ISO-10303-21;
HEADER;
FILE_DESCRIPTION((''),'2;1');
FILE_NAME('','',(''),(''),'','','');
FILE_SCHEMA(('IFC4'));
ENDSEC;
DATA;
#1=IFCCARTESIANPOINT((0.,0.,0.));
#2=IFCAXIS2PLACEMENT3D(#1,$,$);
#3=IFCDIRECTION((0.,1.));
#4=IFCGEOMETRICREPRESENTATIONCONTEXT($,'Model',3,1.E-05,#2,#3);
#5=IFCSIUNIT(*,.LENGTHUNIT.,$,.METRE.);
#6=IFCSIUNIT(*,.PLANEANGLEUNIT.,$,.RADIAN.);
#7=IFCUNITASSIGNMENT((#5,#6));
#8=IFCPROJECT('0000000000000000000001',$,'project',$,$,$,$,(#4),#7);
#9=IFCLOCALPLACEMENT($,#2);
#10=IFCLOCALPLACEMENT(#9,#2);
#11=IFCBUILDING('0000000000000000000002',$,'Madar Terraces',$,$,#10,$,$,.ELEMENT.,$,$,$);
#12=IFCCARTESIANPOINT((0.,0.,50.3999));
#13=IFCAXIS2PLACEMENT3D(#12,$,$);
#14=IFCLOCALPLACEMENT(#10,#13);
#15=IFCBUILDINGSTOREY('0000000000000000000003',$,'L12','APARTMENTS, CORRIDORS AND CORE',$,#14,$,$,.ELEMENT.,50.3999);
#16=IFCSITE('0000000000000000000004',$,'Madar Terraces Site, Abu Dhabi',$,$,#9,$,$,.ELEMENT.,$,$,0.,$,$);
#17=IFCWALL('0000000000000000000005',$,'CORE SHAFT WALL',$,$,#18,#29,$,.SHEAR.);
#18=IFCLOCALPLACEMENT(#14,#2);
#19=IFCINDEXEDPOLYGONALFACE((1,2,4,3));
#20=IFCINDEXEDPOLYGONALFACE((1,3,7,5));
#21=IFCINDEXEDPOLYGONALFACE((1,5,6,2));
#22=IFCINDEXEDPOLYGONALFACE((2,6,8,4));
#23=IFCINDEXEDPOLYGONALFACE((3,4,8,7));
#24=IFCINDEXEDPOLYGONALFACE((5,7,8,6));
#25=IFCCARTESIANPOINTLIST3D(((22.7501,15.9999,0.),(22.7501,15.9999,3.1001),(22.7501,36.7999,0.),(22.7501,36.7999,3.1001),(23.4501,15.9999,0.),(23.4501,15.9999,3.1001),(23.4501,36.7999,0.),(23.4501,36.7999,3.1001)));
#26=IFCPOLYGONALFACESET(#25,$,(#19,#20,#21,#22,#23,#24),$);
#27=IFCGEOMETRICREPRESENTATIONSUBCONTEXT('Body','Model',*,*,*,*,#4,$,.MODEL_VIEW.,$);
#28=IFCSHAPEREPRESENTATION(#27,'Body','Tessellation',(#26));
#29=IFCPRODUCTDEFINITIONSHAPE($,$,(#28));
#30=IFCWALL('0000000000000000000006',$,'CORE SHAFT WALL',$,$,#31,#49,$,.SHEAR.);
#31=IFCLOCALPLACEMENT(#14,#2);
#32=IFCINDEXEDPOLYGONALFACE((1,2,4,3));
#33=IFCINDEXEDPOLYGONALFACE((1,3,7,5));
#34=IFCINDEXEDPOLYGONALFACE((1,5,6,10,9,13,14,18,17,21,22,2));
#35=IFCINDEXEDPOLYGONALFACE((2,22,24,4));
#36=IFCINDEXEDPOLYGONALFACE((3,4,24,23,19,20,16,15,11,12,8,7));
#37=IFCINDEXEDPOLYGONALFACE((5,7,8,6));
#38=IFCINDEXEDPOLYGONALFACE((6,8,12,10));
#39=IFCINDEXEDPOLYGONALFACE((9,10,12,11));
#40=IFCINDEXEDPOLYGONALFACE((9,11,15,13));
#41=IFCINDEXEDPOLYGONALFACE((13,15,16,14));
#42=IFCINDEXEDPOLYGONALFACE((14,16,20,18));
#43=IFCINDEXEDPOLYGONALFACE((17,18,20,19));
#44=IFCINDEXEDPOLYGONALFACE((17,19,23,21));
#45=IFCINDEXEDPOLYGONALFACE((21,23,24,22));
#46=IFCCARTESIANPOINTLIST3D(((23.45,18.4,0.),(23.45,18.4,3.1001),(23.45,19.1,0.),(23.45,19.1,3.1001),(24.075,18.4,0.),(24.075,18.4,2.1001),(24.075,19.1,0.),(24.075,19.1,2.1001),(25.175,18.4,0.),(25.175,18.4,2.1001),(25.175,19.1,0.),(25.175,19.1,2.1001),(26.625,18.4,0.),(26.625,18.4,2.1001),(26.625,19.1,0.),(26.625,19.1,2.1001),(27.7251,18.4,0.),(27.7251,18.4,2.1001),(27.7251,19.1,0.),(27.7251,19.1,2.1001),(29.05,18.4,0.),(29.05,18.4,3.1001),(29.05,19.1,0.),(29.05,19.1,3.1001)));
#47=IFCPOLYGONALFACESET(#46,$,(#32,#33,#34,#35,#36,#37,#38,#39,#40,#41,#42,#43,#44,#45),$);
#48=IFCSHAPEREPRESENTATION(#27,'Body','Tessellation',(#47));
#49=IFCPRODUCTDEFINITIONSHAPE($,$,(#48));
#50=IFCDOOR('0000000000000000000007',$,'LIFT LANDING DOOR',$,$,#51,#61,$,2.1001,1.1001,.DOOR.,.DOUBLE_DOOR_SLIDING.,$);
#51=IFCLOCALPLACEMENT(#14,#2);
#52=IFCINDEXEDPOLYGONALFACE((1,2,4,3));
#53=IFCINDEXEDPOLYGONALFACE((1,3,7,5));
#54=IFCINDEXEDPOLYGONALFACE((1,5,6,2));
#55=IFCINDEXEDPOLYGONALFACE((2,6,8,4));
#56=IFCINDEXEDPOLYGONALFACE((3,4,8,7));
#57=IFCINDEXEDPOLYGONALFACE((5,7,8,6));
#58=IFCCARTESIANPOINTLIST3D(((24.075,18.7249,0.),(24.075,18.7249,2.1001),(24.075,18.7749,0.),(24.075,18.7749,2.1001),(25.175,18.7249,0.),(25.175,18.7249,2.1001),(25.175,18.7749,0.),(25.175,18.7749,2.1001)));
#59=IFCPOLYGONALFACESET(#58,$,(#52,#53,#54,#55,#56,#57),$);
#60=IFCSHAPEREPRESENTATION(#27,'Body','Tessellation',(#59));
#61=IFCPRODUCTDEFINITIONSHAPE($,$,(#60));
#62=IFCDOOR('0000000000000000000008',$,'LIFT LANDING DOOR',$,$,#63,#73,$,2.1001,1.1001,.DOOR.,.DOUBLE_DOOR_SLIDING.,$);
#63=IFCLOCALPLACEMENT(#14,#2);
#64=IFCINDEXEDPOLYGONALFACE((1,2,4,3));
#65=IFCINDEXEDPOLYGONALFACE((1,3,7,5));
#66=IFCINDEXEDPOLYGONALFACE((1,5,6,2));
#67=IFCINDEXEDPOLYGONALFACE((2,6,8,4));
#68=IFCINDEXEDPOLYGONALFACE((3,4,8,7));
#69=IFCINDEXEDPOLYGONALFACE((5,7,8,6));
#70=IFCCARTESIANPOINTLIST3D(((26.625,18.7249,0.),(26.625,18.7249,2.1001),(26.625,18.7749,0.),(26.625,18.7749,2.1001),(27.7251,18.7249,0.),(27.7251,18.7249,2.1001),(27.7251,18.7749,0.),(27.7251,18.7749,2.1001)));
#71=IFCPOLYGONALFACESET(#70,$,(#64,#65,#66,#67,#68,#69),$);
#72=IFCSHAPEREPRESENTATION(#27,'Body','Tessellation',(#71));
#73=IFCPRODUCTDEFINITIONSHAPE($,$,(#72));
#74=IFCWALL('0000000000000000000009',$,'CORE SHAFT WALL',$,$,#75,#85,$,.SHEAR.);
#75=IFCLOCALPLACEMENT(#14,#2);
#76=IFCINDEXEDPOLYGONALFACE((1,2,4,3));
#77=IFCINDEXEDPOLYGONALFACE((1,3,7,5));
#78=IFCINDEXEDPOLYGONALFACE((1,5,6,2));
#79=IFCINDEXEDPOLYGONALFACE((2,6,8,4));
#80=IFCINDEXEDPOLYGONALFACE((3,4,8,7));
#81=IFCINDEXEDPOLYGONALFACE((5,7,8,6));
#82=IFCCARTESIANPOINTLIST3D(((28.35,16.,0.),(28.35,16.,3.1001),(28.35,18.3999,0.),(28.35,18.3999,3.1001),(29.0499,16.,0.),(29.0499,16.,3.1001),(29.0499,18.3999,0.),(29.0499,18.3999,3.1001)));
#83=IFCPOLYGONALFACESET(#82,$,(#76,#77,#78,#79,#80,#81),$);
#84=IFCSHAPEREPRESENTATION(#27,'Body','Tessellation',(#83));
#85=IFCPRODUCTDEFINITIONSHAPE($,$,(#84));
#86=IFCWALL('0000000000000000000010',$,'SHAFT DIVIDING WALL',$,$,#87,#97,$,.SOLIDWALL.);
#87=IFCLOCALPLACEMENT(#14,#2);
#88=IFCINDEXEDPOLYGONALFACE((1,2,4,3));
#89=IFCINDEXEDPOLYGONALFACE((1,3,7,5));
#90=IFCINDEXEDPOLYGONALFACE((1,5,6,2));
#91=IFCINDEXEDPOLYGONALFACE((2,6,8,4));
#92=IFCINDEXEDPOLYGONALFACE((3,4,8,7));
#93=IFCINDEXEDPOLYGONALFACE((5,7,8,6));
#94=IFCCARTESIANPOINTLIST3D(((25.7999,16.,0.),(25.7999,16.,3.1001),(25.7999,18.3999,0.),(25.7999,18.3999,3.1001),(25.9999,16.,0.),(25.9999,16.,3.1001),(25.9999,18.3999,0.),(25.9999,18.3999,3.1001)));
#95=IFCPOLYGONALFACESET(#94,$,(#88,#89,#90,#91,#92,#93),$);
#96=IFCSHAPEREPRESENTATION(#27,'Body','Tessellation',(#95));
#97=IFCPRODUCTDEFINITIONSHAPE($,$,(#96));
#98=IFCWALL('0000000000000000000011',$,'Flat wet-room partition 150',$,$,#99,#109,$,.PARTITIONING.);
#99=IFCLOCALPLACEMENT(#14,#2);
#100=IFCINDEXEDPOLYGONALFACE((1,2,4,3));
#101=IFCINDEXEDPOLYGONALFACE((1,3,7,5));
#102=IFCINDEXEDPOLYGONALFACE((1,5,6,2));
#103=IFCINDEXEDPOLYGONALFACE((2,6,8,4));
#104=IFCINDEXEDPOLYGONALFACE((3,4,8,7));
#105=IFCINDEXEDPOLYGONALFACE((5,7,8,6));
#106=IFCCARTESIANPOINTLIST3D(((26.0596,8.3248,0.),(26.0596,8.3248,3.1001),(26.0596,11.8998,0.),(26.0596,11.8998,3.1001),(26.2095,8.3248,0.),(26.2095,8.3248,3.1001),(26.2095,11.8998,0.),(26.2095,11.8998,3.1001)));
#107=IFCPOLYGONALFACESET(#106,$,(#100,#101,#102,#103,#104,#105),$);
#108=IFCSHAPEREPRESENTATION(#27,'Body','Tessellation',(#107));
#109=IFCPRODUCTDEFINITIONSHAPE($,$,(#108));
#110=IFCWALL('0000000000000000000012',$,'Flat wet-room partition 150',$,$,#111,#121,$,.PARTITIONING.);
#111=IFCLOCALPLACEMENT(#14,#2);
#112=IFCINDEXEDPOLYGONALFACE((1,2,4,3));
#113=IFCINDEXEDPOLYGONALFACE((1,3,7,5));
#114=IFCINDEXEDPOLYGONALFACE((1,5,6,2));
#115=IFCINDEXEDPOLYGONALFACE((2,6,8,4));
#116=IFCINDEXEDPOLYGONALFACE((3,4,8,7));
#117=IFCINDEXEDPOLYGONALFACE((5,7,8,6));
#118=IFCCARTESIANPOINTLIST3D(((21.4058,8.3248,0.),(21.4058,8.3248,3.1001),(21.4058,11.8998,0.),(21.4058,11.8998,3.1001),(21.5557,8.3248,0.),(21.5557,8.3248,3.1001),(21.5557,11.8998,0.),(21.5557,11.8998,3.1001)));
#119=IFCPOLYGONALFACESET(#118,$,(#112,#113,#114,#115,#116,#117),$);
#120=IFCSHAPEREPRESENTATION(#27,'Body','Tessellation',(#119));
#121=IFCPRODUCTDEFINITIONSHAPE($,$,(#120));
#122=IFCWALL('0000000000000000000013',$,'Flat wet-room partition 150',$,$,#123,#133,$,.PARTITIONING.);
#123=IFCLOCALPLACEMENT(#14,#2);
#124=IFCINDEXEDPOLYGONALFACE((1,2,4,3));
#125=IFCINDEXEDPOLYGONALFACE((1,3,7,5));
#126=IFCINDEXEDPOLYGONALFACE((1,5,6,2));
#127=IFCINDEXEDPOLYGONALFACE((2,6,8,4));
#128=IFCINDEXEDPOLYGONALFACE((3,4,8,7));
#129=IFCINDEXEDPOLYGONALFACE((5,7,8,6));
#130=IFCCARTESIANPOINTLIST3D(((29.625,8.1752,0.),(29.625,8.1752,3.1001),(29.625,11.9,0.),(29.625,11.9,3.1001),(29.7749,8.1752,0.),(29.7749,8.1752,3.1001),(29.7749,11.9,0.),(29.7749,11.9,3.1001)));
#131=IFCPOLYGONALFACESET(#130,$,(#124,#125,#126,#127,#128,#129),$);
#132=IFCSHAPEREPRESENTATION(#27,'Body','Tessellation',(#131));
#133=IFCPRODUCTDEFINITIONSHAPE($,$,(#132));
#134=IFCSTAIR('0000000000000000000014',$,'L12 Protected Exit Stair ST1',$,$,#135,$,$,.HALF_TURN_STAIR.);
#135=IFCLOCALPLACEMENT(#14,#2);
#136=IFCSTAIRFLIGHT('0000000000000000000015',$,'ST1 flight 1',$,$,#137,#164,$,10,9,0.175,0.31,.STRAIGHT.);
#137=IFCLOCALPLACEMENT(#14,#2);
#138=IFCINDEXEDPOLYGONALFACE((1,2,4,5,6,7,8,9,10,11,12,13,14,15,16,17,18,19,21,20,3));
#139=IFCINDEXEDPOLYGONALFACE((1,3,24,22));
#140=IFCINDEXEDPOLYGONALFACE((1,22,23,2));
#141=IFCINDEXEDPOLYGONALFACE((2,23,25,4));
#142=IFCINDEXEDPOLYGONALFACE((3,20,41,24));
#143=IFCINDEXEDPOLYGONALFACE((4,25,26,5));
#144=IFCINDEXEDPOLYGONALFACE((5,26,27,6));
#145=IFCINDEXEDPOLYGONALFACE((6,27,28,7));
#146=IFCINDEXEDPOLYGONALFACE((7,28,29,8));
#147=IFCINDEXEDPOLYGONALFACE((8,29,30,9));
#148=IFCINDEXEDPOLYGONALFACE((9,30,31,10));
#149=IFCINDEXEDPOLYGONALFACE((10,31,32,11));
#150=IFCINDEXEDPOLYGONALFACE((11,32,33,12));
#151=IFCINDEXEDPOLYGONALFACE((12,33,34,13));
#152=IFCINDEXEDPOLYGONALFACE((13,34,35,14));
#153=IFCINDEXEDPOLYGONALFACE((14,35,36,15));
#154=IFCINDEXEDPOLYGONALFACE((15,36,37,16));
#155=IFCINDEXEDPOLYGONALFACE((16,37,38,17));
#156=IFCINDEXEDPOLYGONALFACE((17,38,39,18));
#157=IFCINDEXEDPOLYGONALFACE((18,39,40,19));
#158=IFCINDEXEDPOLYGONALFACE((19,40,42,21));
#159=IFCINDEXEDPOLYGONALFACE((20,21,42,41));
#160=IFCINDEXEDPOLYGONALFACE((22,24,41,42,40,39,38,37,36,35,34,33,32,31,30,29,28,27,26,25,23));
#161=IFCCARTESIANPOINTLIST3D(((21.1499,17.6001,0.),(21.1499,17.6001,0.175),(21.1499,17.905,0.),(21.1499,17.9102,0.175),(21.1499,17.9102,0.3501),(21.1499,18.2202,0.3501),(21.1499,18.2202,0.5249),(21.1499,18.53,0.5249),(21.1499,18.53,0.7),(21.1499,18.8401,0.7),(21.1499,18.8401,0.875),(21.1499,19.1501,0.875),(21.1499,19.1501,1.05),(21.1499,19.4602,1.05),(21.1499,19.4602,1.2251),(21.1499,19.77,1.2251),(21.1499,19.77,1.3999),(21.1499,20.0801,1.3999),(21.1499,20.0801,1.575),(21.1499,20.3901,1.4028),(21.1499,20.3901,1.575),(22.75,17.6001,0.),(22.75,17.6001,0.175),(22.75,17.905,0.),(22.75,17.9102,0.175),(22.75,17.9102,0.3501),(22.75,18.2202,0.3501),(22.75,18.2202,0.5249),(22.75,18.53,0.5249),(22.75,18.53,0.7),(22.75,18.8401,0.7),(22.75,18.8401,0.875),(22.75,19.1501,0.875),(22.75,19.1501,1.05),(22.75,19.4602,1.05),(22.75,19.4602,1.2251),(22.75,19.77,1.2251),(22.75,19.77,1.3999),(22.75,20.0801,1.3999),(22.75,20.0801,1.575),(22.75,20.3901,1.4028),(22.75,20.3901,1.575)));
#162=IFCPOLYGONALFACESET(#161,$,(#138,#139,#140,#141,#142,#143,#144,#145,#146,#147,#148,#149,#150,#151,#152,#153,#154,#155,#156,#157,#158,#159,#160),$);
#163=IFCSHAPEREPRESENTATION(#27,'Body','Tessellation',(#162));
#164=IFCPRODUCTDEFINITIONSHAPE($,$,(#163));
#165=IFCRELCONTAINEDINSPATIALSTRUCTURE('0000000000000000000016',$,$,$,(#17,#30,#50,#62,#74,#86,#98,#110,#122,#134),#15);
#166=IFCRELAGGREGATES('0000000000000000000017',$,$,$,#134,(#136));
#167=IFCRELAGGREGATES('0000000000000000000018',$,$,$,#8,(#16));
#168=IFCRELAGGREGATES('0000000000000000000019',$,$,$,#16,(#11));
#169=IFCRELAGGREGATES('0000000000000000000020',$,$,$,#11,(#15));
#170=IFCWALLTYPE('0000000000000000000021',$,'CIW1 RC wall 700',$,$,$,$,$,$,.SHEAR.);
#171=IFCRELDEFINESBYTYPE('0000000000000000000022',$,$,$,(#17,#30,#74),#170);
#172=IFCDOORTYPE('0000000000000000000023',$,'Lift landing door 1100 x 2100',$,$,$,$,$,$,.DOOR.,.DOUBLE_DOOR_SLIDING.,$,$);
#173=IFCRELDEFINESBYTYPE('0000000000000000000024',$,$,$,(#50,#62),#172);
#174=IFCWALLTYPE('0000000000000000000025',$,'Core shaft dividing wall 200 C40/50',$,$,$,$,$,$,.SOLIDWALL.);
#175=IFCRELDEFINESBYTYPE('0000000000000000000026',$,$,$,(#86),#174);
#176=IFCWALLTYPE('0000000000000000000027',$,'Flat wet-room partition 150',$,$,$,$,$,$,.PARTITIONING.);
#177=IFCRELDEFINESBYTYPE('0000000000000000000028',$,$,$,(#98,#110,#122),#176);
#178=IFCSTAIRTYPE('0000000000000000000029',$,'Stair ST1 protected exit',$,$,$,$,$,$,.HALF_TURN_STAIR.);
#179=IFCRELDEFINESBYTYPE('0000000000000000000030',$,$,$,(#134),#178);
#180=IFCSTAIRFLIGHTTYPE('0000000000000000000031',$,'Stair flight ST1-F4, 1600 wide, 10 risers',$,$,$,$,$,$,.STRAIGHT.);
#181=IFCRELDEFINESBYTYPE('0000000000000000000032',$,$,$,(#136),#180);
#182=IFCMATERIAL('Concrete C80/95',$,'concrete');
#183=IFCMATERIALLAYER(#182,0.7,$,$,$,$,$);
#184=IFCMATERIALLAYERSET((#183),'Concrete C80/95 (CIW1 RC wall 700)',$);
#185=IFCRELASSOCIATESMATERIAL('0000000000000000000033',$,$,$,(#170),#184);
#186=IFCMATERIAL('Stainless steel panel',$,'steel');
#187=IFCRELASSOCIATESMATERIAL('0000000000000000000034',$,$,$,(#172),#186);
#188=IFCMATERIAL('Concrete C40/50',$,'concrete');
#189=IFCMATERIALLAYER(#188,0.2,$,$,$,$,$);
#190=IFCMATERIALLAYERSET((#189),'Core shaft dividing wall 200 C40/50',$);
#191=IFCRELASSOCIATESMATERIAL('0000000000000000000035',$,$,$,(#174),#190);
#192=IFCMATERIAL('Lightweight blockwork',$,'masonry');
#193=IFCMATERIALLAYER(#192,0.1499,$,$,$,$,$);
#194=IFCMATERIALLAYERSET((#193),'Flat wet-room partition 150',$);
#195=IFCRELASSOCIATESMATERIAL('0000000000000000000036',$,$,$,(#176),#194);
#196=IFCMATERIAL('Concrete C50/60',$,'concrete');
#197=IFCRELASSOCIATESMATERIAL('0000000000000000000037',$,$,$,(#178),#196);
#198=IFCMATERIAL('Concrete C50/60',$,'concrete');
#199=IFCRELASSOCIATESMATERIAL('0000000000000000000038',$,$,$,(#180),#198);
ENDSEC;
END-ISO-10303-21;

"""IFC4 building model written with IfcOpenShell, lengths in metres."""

from ifc_helpers import new_model, si_unit, direction, frame, frame_2d, origin, place, context, subcontext, project, spatial, polyline, rectangle, outline, extrude, material, layer, layer_set, type_object, element, fill, aggregate, save


model = new_model("IFC4")

# Units and contexts
model_context = context("Model", 3, precision=1e-05, world=origin(), true_north=direction((0.0, 1.0)))
body_context = subcontext(model_context, "Body", "Model", "MODEL_VIEW")
ifc_project = project(units=[si_unit("LENGTHUNIT", "METRE"), si_unit("PLANEANGLEUNIT", "RADIAN")], contexts=[model_context])

# Site, building, storey
site_placement = place(None, origin())
site = spatial("IfcSite", under=ifc_project, at=site_placement, Name="Madar Terraces Site, Abu Dhabi", CompositionType="ELEMENT", RefElevation=0.0)
building_placement = place(site_placement, origin())
building = spatial("IfcBuilding", under=site, at=building_placement, Name="Madar Terraces", CompositionType="ELEMENT")
storey_placement = place(building_placement, frame((0.0, 0.0, 50.3999)))
storey = spatial("IfcBuildingStorey", under=building, at=storey_placement, Name="L12", Description="APARTMENTS, CORRIDORS AND CORE", CompositionType="ELEMENT", Elevation=50.3999)

# Wall
ifc_material_1 = material(Name="Concrete C80/95", Category="concrete")
ifc_layer_1 = layer(ifc_material_1, 0.7)
ifc_layer_set_1 = layer_set([ifc_layer_1], Name="Concrete C80/95 (CIW1 RC wall 700)")
wall_type_1 = type_object("IfcWallType", Name="CIW1 RC wall 700", PredefinedType="SHEAR", material=ifc_layer_set_1)
wall_1_placement = place(storey_placement, frame((23.1001, 16.0, 0.0), z_axis=(0.0, 0.0, 1.0), x_axis=(0.0, 1.0, 0.0)))
element("IfcWall", 1, at=wall_1_placement, inside=storey, type_object=wall_type_1, Name="CORE SHAFT WALL", PredefinedType="SHEAR", context=body_context, shape_type="SweptSolid", body=[
    extrude(rectangle(XDim=20.8, YDim=0.7, at=frame_2d((10.3999, 0.0))), origin(), (0.0, 0.0, 1.0), 3.1001),
])

# Wall, openings, doors
wall_2_placement = place(storey_placement, frame((23.45, 18.75, 0.0), z_axis=(0.0, 0.0, 1.0), x_axis=(1.0, 0.0, 0.0)))
wall_2 = element("IfcWall", 2, at=wall_2_placement, inside=storey, type_object=wall_type_1, Name="CORE SHAFT WALL", PredefinedType="SHEAR", context=body_context, shape_type="SweptSolid", body=[
    extrude(rectangle(XDim=5.6001, YDim=0.7, at=frame_2d((2.8, 0.0))), origin(), (0.0, 0.0, 1.0), 3.1001),
])
opening_1_placement = place(wall_2_placement, frame((0.625, 0.0, 0.0)))
opening_1 = element("IfcOpeningElement", 3, at=opening_1_placement, cuts=wall_2, PredefinedType="OPENING", context=body_context, shape_type="SweptSolid", body=[
    extrude(rectangle(XDim=1.1001, YDim=2.1001, at=frame_2d((0.55, 1.05))), frame((0.0, 0.3599, 0.0), z_axis=(0.0, -1.0, 0.0), x_axis=(1.0, 0.0, 0.0)), (0.0, 0.0, 1.0), 0.72),
])
opening_2_placement = place(wall_2_placement, frame((3.175, 0.0, 0.0)))
opening_2 = element("IfcOpeningElement", 4, at=opening_2_placement, cuts=wall_2, PredefinedType="OPENING", context=body_context, shape_type="SweptSolid", body=[
    extrude(rectangle(XDim=1.1001, YDim=2.1001, at=frame_2d((0.55, 1.05))), frame((0.0, 0.3599, 0.0), z_axis=(0.0, -1.0, 0.0), x_axis=(1.0, 0.0, 0.0)), (0.0, 0.0, 1.0), 0.72),
])
ifc_material_2 = material(Name="Stainless steel panel", Category="steel")
door_type = type_object("IfcDoorType", Name="Lift landing door 1100 x 2100", OperationType="DOUBLE_DOOR_SLIDING", PredefinedType="DOOR", material=ifc_material_2)
door_1_placement = place(opening_1_placement, origin())
door_1 = element("IfcDoor", 5, at=door_1_placement, inside=storey, type_object=door_type, Name="LIFT LANDING DOOR", OperationType="DOUBLE_DOOR_SLIDING", OverallHeight=2.1001, OverallWidth=1.1001, PredefinedType="DOOR", context=body_context, shape_type="SweptSolid", body=[
    extrude(rectangle(XDim=1.1001, YDim=2.1001, at=frame_2d((0.55, 1.05))), frame((0.0, 0.0249, 0.0), z_axis=(0.0, -1.0, 0.0), x_axis=(1.0, 0.0, 0.0)), (0.0, 0.0, 1.0), 0.05),
])
fill(opening_1, door_1)
door_2_placement = place(opening_2_placement, origin())
door_2 = element("IfcDoor", 6, at=door_2_placement, inside=storey, type_object=door_type, Name="LIFT LANDING DOOR", OperationType="DOUBLE_DOOR_SLIDING", OverallHeight=2.1001, OverallWidth=1.1001, PredefinedType="DOOR", context=body_context, shape_type="SweptSolid", body=[
    extrude(rectangle(XDim=1.1001, YDim=2.1001, at=frame_2d((0.55, 1.05))), frame((0.0, 0.0249, 0.0), z_axis=(0.0, -1.0, 0.0), x_axis=(1.0, 0.0, 0.0)), (0.0, 0.0, 1.0), 0.05),
])
fill(opening_2, door_2)

# Walls
wall_3_placement = place(storey_placement, frame((28.7, 16.0, 0.0), z_axis=(0.0, 0.0, 1.0), x_axis=(0.0, 1.0, 0.0)))
element("IfcWall", 7, at=wall_3_placement, inside=storey, type_object=wall_type_1, Name="CORE SHAFT WALL", PredefinedType="SHEAR", context=body_context, shape_type="SweptSolid", body=[
    extrude(rectangle(XDim=2.3999, YDim=0.7, at=frame_2d((1.2, 0.0))), origin(), (0.0, 0.0, 1.0), 3.1001),
])
ifc_material_3 = material(Name="Concrete C40/50", Category="concrete")
ifc_layer_2 = layer(ifc_material_3, 0.2)
ifc_layer_set_2 = layer_set([ifc_layer_2], Name="Core shaft dividing wall 200 C40/50")
wall_type_2 = type_object("IfcWallType", Name="Core shaft dividing wall 200 C40/50", PredefinedType="SOLIDWALL", material=ifc_layer_set_2)
wall_4_placement = place(storey_placement, frame((25.8999, 16.0, 0.0), z_axis=(0.0, 0.0, 1.0), x_axis=(0.0, 1.0, 0.0)))
element("IfcWall", 8, at=wall_4_placement, inside=storey, type_object=wall_type_2, Name="SHAFT DIVIDING WALL", PredefinedType="SOLIDWALL", context=body_context, shape_type="SweptSolid", body=[
    extrude(rectangle(XDim=2.3999, YDim=0.2, at=frame_2d((1.2, 0.0))), origin(), (0.0, 0.0, 1.0), 3.1001),
])
ifc_material_4 = material(Name="Lightweight blockwork", Category="masonry")
ifc_layer_3 = layer(ifc_material_4, 0.1499)
ifc_layer_set_3 = layer_set([ifc_layer_3], Name="Flat wet-room partition 150")
wall_type_3 = type_object("IfcWallType", Name="Flat wet-room partition 150", PredefinedType="PARTITIONING", material=ifc_layer_set_3)
for number, where, z_axis, x_axis, name in (
    (9, (26.1345, 11.8999, 0.0), (0.0, 0.0, 1.0), (0.0, -1.0, 0.0), "Flat wet-room partition 150"),
    (10, (21.4807, 11.8999, 0.0), (0.0, 0.0, 1.0), (0.0, -1.0, 0.0), "Flat wet-room partition 150"),
):
    element("IfcWall", number, at=place(storey_placement, frame(where, z_axis=z_axis, x_axis=x_axis)), inside=storey, type_object=wall_type_3, Name=name, PredefinedType="PARTITIONING", context=body_context, shape_type="SweptSolid", body=[
        extrude(rectangle(XDim=3.575, YDim=0.1499, at=frame_2d((1.7876, 0.0))), origin(), (0.0, 0.0, 1.0), 3.1001),
    ])
wall_5_placement = place(storey_placement, frame((29.7, 11.8999, 0.0), z_axis=(0.0, 0.0, 1.0), x_axis=(0.0, -1.0, 0.0)))
element("IfcWall", 11, at=wall_5_placement, inside=storey, type_object=wall_type_3, Name="Flat wet-room partition 150", PredefinedType="PARTITIONING", context=body_context, shape_type="SweptSolid", body=[
    extrude(rectangle(XDim=3.7249, YDim=0.1499, at=frame_2d((1.8623, 0.0))), origin(), (0.0, 0.0, 1.0), 3.1001),
])

# Stair, stair flight
ifc_material_5 = material(Name="Concrete C50/60", Category="concrete")
stair_type = type_object("IfcStairType", Name="Stair ST1 protected exit", PredefinedType="HALF_TURN_STAIR", material=ifc_material_5)
stair_placement = place(storey_placement, origin())
stair = element("IfcStair", 12, at=stair_placement, inside=storey, type_object=stair_type, Name="L12 Protected Exit Stair ST1", PredefinedType="HALF_TURN_STAIR")
ifc_material_6 = material(Name="Concrete C50/60", Category="concrete")
stair_flight_type = type_object("IfcStairFlightType", Name="Stair flight ST1-F4, 1600 wide, 10 risers", PredefinedType="STRAIGHT", material=ifc_material_6)
stair_flight_placement = place(storey_placement, frame((21.95, 17.6001, 0.0), z_axis=(0.0, 0.0, 1.0), x_axis=(0.0, 1.0, 0.0)))
stair_flight = element("IfcStairFlight", 13, at=stair_flight_placement, type_object=stair_flight_type, Name="ST1 flight 1", NumberOfRisers=10, NumberOfTreads=9, PredefinedType="STRAIGHT", RiserHeight=0.175, TreadLength=0.31, context=body_context, shape_type="SweptSolid", body=[
    extrude(outline(polyline([(0.0, 0.0), (0.0, 0.175), (0.3101, 0.175), (0.3101, 0.3501), (0.6201, 0.3501), (0.6201, 0.5249), (0.9299, 0.5249), (0.9299, 0.7), (1.24, 0.7), (1.24, 0.875), (1.55, 0.875), (1.55, 1.05), (1.8601, 1.05), (1.8601, 1.2251), (2.1699, 1.2251), (2.1699, 1.3999), (2.48, 1.3999), (2.48, 1.575), (2.79, 1.575), (2.79, 1.75), (2.79, 1.4028), (0.3049, 0.0), (0.0, 0.0)])), frame((0.0, 0.8, 0.0), z_axis=(0.0, -1.0, 0.0), x_axis=(1.0, 0.0, 0.0)), (0.0, 0.0, 1.0), 1.6001),
])
aggregate(stair, [stair_flight])

save(model, "model.ifc")
